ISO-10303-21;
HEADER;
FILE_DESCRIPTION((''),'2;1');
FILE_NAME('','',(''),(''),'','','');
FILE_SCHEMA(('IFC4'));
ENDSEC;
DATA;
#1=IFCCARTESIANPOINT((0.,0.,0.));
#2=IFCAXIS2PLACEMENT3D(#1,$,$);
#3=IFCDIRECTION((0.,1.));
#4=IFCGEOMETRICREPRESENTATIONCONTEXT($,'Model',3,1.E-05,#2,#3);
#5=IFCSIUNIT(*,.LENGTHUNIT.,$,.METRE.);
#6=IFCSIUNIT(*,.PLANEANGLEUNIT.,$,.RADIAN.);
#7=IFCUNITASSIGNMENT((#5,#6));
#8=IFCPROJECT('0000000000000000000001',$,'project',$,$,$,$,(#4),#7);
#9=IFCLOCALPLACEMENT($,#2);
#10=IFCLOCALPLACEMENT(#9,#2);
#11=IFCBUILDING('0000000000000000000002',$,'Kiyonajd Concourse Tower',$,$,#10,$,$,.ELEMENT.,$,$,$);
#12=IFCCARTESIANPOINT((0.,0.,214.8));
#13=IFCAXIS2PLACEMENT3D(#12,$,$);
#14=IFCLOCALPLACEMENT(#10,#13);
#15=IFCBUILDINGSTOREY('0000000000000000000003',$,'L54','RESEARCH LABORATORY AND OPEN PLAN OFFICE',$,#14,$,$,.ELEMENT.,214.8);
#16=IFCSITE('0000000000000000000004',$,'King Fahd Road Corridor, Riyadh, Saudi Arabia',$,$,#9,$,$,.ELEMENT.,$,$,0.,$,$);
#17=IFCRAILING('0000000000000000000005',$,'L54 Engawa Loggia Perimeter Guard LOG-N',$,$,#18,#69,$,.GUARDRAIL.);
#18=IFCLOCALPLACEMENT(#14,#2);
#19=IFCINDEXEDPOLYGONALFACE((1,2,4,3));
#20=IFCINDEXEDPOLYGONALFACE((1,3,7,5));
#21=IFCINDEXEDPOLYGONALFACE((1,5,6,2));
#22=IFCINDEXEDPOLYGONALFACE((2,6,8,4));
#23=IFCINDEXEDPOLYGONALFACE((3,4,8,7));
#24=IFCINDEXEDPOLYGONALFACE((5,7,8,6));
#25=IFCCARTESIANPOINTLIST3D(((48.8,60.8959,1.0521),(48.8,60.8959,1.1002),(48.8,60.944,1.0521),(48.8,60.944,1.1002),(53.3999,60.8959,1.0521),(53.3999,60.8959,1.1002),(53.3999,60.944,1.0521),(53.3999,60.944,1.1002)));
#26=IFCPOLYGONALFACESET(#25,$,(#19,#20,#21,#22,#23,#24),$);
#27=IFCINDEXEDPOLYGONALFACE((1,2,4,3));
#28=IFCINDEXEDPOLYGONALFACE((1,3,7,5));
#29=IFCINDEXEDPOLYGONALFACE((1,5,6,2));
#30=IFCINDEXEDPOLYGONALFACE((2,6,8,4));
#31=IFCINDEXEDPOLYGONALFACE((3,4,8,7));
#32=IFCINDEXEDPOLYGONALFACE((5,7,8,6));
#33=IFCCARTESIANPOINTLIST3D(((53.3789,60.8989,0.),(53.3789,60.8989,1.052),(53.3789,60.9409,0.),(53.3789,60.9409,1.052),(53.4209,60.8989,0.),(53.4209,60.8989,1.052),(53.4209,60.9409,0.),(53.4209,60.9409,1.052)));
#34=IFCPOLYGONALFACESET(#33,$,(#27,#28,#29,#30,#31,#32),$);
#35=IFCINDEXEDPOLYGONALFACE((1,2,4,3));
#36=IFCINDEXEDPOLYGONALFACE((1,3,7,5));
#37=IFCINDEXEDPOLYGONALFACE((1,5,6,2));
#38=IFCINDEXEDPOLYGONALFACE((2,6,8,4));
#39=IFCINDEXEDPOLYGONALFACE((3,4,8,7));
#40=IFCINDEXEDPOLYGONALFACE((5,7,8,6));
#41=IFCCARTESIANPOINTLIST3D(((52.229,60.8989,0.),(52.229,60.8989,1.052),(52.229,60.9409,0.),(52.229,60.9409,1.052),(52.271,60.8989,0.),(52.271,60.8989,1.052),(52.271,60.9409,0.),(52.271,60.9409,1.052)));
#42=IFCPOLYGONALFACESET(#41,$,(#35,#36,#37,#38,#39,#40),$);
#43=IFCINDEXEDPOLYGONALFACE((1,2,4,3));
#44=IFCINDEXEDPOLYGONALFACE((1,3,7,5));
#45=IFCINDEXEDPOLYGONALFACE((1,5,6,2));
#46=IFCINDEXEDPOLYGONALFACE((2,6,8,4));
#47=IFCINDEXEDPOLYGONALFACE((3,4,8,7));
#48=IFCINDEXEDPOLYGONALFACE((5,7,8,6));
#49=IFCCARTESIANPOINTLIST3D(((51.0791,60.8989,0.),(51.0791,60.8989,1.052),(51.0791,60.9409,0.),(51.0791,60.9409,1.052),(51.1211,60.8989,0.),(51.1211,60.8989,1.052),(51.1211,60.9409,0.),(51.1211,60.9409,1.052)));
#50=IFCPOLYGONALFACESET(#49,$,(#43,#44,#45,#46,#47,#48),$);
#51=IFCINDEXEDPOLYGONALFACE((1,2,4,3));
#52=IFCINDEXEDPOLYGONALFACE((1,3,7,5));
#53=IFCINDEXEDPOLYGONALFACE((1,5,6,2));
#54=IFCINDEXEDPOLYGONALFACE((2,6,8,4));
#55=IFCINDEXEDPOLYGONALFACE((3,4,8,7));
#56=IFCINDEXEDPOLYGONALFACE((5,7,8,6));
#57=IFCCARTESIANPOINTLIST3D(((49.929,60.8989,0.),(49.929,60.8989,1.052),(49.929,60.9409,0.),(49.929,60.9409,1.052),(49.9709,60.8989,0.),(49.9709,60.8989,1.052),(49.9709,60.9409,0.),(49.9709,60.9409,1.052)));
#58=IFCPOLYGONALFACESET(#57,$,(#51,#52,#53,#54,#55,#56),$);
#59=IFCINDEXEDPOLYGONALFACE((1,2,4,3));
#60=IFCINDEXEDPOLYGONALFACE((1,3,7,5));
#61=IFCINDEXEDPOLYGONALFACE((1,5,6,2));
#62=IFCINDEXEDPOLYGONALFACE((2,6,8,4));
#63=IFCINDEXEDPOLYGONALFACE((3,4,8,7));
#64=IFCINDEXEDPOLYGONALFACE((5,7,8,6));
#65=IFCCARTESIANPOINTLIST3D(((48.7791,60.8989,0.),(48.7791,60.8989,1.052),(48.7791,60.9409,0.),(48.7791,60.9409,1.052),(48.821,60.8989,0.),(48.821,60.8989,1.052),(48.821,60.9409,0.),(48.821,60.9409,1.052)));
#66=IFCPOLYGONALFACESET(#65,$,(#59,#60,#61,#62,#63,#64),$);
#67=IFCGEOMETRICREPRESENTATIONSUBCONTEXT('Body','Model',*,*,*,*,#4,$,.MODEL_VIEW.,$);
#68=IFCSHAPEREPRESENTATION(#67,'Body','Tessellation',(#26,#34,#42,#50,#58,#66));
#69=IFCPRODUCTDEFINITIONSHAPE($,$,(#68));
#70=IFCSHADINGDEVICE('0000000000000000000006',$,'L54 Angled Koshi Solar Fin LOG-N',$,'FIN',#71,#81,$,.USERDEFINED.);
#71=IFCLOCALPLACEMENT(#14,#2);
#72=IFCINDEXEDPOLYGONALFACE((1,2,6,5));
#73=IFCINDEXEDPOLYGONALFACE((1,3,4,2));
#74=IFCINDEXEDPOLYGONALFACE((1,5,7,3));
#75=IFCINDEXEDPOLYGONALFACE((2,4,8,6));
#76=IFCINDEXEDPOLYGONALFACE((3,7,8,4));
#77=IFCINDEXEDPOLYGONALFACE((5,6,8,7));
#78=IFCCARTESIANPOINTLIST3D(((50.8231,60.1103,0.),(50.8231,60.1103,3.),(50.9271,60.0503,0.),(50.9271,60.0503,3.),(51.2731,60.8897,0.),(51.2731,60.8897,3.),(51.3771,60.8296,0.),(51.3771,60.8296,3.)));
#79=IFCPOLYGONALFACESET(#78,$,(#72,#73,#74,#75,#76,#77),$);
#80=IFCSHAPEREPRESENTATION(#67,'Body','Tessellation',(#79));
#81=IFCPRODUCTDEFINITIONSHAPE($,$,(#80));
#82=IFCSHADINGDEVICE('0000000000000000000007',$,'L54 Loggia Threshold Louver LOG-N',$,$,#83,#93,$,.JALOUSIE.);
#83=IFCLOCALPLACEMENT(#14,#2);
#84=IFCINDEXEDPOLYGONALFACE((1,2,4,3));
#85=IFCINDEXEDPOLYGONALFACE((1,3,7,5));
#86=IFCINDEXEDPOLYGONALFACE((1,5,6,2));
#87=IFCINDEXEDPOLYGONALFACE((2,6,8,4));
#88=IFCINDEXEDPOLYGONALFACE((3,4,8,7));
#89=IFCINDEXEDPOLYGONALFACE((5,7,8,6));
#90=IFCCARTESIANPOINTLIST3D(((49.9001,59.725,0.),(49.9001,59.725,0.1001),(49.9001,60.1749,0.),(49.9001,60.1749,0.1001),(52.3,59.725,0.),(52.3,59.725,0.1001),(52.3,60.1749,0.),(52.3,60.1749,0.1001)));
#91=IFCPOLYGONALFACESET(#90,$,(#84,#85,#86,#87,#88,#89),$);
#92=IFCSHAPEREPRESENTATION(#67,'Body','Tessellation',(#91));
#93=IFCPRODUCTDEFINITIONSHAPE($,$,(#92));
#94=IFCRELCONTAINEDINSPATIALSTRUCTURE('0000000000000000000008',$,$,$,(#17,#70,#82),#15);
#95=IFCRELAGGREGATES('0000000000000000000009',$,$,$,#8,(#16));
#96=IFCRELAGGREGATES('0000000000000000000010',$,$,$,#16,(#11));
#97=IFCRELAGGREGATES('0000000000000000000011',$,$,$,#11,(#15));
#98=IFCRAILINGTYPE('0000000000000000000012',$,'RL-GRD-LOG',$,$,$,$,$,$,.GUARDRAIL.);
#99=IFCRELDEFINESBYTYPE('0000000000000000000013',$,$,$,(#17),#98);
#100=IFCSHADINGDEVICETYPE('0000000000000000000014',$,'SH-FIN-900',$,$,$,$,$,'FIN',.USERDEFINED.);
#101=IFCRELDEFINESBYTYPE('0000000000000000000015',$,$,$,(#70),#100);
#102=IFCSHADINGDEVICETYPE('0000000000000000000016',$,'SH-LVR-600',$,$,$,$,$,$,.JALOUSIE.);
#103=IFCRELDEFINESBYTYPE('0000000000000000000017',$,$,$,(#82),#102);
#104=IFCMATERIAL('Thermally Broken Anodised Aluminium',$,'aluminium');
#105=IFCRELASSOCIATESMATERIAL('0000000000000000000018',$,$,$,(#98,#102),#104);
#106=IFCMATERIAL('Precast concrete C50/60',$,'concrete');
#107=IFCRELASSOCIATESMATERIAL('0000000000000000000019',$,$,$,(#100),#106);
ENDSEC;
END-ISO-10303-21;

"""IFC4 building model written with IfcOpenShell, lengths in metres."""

from ifc_helpers import new_model, si_unit, direction, frame, origin, origin_2d, place, context, subcontext, project, spatial, rectangle, extrude, material, type_object, element, save


model = new_model("IFC4")

# Units and contexts
model_context = context("Model", 3, precision=1e-05, world=origin(), true_north=direction((0.0, 1.0)))
body_context = subcontext(model_context, "Body", "Model", "MODEL_VIEW")
ifc_project = project(units=[si_unit("LENGTHUNIT", "METRE"), si_unit("PLANEANGLEUNIT", "RADIAN")], contexts=[model_context])

# Site, building, storey
site_placement = place(None, origin())
site = spatial("IfcSite", under=ifc_project, at=site_placement, Name="King Fahd Road Corridor, Riyadh, Saudi Arabia", CompositionType="ELEMENT", RefElevation=0.0)
building_placement = place(site_placement, origin())
building = spatial("IfcBuilding", under=site, at=building_placement, Name="Kiyonajd Concourse Tower", CompositionType="ELEMENT")
storey_placement = place(building_placement, frame((0.0, 0.0, 214.8)))
storey = spatial("IfcBuildingStorey", under=building, at=storey_placement, Name="L54", Description="RESEARCH LABORATORY AND OPEN PLAN OFFICE", CompositionType="ELEMENT", Elevation=214.8)

# Shared definitions
ifc_material_1 = material(Name="Thermally Broken Anodised Aluminium", Category="aluminium")

# Shared definitions
ifc_material_2 = material(Name="Precast concrete C50/60", Category="concrete")

# Railing
railing_type = type_object("IfcRailingType", Name="RL-GRD-LOG", PredefinedType="GUARDRAIL", material=ifc_material_1)
railing_placement = place(storey_placement, frame((53.3999, 60.9199, 0.0)))
element("IfcRailing", 1, at=railing_placement, inside=storey, type_object=railing_type, Name="L54 Engawa Loggia Perimeter Guard LOG-N", PredefinedType="GUARDRAIL", context=body_context, shape_type="SweptSolid", body=[
    extrude(rectangle(XDim=0.0481, YDim=0.0481, at=origin_2d()), frame((0.0, 0.0, 1.0762), z_axis=(-1.0, 0.0, 0.0), x_axis=(0.0, -1.0, 0.0)), (0.0, 0.0, 1.0), 4.5999),
    extrude(rectangle(XDim=0.042, YDim=0.042, at=origin_2d()), origin(), (0.0, 0.0, 1.0), 1.052),
    extrude(rectangle(XDim=0.042, YDim=0.042, at=origin_2d()), frame((-1.1499, 0.0, 0.0)), (0.0, 0.0, 1.0), 1.052),
    extrude(rectangle(XDim=0.042, YDim=0.042, at=origin_2d()), frame((-2.2998, 0.0, 0.0)), (0.0, 0.0, 1.0), 1.052),
    extrude(rectangle(XDim=0.042, YDim=0.042, at=origin_2d()), frame((-3.45, 0.0, 0.0)), (0.0, 0.0, 1.0), 1.052),
    extrude(rectangle(XDim=0.042, YDim=0.042, at=origin_2d()), frame((-4.5999, 0.0, 0.0)), (0.0, 0.0, 1.0), 1.052),
])

# Shading devices
shading_device_type_1 = type_object("IfcShadingDeviceType", Name="SH-FIN-900", ElementType="FIN", PredefinedType="USERDEFINED", material=ifc_material_2)
shading_device_1_placement = place(storey_placement, frame((51.1001, 60.47, 0.0), z_axis=(0.0, 0.0, 1.0), x_axis=(0.5, 0.866025, 0.0)))
element("IfcShadingDevice", 2, at=shading_device_1_placement, inside=storey, type_object=shading_device_type_1, Name="L54 Angled Koshi Solar Fin LOG-N", ObjectType="FIN", PredefinedType="USERDEFINED", context=body_context, shape_type="SweptSolid", body=[
    extrude(rectangle(XDim=0.8999, YDim=0.1201, at=origin_2d()), origin(), (0.0, 0.0, 1.0), 3.0),
])
shading_device_type_2 = type_object("IfcShadingDeviceType", Name="SH-LVR-600", PredefinedType="JALOUSIE", material=ifc_material_1)
shading_device_2_placement = place(storey_placement, frame((51.1001, 59.95, 0.0), z_axis=(0.0, 0.0, 1.0), x_axis=(1.0, 0.0, 0.0)))
element("IfcShadingDevice", 3, at=shading_device_2_placement, inside=storey, type_object=shading_device_type_2, Name="L54 Loggia Threshold Louver LOG-N", PredefinedType="JALOUSIE", context=body_context, shape_type="SweptSolid", body=[
    extrude(rectangle(XDim=2.3999, YDim=0.45, at=origin_2d()), origin(), (0.0, 0.0, 1.0), 0.1001),
])

save(model, "model.ifc")
